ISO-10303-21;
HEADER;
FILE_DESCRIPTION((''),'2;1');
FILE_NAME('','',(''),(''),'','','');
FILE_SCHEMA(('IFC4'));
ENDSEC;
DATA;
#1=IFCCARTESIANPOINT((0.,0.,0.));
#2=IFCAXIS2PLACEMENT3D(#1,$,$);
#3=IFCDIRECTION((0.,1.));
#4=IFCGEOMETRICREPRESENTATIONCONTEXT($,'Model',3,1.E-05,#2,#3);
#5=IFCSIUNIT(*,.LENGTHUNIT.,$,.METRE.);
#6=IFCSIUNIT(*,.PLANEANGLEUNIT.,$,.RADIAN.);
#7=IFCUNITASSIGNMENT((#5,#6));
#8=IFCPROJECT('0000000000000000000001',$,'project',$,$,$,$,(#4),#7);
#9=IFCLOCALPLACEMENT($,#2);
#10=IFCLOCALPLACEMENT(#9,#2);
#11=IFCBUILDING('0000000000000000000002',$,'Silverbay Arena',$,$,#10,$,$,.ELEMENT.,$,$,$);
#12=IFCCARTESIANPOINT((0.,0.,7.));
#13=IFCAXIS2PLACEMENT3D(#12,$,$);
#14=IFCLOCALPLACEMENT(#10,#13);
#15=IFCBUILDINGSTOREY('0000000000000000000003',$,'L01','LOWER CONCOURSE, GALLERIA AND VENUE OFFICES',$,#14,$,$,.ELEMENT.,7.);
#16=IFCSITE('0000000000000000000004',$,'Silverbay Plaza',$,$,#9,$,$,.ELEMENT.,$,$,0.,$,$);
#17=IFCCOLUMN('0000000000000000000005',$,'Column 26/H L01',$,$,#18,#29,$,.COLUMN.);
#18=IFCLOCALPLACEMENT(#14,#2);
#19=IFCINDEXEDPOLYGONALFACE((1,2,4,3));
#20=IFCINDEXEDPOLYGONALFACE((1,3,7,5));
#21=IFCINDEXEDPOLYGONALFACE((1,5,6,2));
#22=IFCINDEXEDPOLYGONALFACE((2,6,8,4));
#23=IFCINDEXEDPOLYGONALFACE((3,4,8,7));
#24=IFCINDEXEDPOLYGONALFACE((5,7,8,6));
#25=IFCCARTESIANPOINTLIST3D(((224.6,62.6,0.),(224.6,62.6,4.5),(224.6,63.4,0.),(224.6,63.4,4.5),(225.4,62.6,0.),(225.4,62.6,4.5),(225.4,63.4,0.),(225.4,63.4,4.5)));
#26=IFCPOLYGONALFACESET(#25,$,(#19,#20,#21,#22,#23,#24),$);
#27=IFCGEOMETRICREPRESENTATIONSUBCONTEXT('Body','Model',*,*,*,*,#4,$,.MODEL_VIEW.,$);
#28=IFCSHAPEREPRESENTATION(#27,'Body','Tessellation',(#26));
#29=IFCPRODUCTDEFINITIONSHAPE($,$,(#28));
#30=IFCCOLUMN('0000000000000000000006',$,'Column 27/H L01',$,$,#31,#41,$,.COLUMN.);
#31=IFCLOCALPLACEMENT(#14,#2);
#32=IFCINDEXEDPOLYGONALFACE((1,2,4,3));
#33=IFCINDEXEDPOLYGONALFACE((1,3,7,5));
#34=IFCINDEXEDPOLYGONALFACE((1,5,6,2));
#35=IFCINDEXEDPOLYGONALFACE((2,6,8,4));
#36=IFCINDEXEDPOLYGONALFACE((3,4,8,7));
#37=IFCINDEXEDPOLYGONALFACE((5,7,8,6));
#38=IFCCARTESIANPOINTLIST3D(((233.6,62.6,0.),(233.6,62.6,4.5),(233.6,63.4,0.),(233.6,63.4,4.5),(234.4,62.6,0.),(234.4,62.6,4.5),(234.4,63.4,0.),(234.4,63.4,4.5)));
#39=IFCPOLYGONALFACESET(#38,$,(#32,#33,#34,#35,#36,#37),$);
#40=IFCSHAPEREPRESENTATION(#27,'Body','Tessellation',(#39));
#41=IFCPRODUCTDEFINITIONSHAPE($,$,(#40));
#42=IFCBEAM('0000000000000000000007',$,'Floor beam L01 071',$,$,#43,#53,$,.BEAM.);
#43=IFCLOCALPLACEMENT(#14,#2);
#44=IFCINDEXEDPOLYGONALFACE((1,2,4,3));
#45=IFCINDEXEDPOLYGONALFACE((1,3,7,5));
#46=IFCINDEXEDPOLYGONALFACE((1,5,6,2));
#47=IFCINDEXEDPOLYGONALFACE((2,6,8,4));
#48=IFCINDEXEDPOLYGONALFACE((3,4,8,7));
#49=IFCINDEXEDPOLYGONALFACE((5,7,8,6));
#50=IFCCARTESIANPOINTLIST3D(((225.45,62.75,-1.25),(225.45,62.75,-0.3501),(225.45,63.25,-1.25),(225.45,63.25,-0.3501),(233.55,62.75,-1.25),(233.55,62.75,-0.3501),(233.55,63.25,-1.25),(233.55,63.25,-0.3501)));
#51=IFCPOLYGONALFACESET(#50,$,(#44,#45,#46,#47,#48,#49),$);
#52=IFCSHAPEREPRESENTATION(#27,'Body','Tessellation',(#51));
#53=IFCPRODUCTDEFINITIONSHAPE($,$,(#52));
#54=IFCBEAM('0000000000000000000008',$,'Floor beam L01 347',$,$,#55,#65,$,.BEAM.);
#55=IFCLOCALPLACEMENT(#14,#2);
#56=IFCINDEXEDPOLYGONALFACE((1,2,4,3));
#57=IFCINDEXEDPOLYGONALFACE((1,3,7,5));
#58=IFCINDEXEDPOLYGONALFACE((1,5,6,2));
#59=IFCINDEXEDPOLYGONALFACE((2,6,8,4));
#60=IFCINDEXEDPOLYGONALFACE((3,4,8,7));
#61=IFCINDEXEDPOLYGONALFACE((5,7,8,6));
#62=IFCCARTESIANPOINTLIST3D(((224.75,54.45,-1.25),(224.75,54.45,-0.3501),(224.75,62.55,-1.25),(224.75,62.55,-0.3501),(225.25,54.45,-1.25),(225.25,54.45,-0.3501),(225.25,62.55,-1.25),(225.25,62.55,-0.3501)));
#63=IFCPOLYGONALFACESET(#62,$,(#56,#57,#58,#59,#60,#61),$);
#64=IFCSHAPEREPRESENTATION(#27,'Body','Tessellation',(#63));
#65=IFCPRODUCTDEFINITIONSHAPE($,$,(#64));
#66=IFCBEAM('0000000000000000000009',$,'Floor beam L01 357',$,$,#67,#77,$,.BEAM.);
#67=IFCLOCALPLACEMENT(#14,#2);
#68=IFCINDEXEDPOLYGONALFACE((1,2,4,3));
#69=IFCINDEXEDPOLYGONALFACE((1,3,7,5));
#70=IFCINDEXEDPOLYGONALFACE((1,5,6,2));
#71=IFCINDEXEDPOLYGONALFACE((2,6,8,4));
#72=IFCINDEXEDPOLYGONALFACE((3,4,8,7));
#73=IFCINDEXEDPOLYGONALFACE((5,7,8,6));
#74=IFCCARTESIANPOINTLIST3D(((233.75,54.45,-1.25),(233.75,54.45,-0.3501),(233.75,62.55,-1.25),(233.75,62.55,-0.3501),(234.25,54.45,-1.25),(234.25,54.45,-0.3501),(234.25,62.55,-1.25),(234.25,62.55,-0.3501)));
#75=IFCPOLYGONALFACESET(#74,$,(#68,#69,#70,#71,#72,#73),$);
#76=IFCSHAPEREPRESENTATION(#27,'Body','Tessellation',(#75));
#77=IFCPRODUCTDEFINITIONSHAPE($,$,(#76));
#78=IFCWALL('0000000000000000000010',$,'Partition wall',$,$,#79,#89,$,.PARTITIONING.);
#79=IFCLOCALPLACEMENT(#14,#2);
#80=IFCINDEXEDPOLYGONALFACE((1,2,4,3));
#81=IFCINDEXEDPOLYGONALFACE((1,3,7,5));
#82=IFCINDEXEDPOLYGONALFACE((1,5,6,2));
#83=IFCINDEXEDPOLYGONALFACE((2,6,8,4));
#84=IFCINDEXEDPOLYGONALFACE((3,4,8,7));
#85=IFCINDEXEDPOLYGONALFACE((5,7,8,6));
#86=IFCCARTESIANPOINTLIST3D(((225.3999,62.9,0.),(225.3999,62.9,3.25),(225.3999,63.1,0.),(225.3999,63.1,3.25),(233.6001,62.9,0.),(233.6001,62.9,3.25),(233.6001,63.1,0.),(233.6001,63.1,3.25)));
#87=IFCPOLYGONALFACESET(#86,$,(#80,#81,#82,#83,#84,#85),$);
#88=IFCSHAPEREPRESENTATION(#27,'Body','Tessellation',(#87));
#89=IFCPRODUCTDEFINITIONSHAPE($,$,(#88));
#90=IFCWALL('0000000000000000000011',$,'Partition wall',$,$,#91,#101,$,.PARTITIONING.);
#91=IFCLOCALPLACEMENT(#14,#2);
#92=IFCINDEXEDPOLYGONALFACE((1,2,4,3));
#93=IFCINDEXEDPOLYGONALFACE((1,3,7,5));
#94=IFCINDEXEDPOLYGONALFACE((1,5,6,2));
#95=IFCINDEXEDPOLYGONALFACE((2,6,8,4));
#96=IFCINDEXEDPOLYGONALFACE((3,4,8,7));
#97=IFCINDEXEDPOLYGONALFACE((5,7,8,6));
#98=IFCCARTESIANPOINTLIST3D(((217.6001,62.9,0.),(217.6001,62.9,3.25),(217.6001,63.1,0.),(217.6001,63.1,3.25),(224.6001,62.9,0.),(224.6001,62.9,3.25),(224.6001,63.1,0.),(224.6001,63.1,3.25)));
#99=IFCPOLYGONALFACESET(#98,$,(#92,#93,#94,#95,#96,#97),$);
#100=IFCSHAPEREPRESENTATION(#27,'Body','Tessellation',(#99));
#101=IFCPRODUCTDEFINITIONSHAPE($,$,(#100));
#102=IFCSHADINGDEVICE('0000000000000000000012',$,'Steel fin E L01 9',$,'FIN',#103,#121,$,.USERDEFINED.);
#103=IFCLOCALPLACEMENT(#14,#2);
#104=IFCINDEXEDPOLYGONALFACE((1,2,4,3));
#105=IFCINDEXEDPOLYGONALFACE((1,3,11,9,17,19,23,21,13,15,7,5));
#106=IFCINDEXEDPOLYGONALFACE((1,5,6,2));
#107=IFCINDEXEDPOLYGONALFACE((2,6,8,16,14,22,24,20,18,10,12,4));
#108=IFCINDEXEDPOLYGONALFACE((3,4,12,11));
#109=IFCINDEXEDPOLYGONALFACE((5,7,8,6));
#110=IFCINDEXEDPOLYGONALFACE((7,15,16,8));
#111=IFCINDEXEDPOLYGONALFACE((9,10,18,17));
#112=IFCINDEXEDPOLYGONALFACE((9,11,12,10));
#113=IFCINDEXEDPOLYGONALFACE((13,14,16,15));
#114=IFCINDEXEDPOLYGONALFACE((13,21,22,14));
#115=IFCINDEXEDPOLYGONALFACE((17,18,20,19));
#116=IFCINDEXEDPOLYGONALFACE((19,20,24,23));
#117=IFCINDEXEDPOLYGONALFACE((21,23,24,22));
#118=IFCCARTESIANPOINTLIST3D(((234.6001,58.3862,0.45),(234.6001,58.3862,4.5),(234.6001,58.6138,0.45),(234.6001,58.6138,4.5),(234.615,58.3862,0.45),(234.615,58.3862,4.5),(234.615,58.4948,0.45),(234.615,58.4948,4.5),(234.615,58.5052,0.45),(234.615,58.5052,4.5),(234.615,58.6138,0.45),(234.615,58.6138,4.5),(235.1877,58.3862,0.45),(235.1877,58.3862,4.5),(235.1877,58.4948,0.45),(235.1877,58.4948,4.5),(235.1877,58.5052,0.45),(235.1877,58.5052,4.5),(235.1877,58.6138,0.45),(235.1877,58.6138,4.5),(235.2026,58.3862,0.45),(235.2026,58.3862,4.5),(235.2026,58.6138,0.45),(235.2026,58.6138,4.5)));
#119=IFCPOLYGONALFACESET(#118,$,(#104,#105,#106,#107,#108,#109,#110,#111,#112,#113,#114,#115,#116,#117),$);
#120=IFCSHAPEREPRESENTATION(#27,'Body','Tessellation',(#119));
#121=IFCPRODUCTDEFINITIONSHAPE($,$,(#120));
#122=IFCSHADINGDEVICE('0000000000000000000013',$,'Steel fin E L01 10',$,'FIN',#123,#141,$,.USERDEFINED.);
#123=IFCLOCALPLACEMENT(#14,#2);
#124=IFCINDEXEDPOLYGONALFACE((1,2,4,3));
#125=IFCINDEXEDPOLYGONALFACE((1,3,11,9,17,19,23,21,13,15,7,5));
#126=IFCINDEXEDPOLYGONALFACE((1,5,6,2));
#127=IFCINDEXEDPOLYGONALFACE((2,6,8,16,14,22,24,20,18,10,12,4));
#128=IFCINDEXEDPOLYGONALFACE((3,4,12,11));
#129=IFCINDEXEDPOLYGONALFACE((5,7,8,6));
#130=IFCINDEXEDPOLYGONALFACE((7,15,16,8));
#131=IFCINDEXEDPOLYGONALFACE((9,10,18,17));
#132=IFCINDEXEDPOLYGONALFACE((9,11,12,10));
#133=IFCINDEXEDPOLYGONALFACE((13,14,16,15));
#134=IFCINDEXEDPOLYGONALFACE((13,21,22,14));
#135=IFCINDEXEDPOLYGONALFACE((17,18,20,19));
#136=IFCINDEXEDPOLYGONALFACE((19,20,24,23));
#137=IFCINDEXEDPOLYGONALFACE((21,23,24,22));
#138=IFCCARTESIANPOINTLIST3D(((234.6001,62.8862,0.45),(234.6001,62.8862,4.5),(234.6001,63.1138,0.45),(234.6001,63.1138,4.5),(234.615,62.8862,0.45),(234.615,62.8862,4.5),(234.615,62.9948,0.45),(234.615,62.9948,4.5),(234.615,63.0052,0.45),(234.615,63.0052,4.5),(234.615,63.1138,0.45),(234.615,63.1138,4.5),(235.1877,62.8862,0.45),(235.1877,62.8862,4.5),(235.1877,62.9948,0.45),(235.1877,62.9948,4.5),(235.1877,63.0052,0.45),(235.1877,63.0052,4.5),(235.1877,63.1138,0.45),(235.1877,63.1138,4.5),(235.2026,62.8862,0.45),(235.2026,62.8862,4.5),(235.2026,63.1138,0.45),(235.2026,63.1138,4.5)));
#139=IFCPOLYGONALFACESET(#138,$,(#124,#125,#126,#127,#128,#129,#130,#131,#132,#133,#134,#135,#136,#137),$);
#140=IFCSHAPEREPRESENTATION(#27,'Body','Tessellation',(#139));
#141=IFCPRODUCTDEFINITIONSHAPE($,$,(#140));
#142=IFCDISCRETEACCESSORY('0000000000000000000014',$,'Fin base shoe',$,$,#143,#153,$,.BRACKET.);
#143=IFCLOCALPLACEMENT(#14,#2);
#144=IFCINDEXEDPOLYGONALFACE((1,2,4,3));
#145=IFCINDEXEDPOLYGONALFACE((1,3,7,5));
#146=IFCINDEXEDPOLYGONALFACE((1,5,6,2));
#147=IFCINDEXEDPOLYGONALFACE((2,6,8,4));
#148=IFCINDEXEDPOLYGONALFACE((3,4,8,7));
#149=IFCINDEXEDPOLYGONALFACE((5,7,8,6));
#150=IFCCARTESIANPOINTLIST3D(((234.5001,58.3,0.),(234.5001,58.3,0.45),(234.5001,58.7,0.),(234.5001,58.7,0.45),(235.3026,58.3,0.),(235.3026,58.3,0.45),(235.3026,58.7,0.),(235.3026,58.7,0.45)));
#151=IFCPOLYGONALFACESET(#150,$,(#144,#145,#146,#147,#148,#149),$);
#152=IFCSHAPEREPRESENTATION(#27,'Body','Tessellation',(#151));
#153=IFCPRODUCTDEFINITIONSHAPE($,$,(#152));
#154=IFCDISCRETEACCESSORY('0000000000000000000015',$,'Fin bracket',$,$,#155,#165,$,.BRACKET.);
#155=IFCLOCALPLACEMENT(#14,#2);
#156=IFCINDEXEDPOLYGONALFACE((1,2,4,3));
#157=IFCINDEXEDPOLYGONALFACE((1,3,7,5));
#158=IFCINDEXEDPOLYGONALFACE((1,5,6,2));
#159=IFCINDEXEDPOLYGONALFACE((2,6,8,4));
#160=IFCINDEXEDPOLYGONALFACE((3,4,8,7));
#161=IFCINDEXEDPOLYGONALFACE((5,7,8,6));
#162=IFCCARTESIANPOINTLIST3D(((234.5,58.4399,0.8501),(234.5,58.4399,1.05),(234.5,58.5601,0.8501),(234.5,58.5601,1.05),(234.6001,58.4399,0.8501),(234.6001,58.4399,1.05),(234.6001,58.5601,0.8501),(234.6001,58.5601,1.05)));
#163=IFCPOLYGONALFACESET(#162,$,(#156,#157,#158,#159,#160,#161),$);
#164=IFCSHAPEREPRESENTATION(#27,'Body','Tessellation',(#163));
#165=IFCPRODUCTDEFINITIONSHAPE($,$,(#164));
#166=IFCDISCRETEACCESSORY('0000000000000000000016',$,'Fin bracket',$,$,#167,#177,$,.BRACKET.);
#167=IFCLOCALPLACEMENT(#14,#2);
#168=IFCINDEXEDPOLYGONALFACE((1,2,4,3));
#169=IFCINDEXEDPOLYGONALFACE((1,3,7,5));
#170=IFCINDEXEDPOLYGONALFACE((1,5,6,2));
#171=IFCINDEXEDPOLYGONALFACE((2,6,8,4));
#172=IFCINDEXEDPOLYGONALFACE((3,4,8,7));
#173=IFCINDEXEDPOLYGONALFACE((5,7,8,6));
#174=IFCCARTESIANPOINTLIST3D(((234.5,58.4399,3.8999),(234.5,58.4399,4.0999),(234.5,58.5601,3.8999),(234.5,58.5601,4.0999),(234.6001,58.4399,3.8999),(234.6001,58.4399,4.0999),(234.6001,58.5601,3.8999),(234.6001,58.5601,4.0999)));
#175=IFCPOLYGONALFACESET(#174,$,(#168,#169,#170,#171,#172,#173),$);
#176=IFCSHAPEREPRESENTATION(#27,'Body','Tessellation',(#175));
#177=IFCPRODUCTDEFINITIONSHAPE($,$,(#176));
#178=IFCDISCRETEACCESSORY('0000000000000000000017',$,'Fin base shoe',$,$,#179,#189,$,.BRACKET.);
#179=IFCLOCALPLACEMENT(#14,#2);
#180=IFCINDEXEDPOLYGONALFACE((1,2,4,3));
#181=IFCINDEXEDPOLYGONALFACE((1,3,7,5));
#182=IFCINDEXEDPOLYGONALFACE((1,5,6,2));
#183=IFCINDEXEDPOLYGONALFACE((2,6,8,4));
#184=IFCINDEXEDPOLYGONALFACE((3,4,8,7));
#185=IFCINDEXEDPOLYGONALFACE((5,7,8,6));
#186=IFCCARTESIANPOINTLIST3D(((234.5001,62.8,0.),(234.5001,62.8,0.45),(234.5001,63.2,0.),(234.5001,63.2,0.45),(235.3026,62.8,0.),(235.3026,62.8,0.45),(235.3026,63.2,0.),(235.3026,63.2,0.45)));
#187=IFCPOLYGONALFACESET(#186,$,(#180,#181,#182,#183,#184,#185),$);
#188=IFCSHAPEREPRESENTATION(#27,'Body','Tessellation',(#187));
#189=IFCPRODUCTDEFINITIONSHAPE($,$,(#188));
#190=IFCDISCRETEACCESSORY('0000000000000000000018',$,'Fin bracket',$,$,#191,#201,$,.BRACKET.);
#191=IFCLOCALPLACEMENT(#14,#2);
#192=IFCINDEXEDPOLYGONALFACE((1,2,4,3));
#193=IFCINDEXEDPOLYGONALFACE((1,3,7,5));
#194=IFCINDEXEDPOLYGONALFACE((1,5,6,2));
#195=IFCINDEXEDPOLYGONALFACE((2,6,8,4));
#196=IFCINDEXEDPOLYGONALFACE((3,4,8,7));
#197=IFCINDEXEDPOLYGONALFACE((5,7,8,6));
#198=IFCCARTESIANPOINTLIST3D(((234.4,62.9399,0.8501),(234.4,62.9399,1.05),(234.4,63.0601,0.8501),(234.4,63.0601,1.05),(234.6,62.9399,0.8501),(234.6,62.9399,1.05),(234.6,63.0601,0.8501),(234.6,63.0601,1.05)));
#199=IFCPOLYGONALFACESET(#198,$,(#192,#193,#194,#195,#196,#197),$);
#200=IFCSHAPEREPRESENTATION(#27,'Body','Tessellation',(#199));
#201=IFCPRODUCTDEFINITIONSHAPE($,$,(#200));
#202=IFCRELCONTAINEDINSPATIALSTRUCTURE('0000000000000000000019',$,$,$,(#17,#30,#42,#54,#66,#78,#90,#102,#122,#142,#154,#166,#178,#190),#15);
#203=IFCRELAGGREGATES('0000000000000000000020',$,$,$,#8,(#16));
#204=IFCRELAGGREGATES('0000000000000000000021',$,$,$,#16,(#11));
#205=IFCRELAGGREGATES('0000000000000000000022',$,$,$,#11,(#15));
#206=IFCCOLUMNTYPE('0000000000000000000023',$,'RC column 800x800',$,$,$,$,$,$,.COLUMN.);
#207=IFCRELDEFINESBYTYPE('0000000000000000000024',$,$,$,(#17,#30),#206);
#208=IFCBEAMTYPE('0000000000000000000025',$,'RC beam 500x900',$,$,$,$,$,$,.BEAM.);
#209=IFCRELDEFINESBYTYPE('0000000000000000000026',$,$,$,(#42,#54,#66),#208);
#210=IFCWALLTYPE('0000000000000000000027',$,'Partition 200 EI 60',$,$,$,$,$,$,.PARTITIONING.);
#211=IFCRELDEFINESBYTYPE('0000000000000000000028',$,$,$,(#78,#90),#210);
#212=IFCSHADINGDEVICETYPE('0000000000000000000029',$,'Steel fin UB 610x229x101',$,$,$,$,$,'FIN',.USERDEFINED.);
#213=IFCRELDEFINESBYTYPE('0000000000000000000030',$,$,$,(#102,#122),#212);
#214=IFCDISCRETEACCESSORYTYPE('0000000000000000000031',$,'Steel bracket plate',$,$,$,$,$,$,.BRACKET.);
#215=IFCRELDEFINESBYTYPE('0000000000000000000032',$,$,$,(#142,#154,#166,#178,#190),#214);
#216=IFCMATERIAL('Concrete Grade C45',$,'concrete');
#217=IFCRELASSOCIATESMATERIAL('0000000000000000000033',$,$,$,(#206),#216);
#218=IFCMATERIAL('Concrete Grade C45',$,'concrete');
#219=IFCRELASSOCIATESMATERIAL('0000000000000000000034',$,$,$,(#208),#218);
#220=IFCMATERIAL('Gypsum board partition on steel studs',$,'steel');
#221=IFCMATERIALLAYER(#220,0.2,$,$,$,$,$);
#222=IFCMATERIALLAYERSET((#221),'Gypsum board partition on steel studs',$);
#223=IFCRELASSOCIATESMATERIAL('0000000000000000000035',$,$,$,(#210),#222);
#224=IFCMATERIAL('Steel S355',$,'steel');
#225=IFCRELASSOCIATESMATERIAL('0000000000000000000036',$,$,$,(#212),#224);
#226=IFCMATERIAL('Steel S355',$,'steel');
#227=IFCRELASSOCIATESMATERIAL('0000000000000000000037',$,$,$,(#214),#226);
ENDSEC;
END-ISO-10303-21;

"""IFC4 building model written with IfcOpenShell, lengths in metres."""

from ifc_helpers import new_model, si_unit, direction, frame, frame_2d, origin, origin_2d, place, context, subcontext, project, spatial, rectangle, i_section, extrude, material, layer, layer_set, material_profile, profile_set, type_object, element, save


model = new_model("IFC4")

# Units and contexts
model_context = context("Model", 3, precision=1e-05, world=origin(), true_north=direction((0.0, 1.0)))
body_context = subcontext(model_context, "Body", "Model", "MODEL_VIEW")
ifc_project = project(units=[si_unit("LENGTHUNIT", "METRE"), si_unit("PLANEANGLEUNIT", "RADIAN")], contexts=[model_context])

# Site, building, storey
site_placement = place(None, origin())
site = spatial("IfcSite", under=ifc_project, at=site_placement, Name="Silverbay Plaza", CompositionType="ELEMENT", RefElevation=0.0)
building_placement = place(site_placement, origin())
building = spatial("IfcBuilding", under=site, at=building_placement, Name="Silverbay Arena", CompositionType="ELEMENT")
storey_placement = place(building_placement, frame((0.0, 0.0, 7.0)))
storey = spatial("IfcBuildingStorey", under=building, at=storey_placement, Name="L01", Description="LOWER CONCOURSE, GALLERIA AND VENUE OFFICES", CompositionType="ELEMENT", Elevation=7.0)

# Columns
ifc_material_1 = material(Name="Concrete Grade C45", Category="concrete")
ifc_material_profile_1 = material_profile(ifc_material_1, rectangle(XDim=0.8, YDim=0.8, at=origin_2d()), Name="RC 800x800")
ifc_profile_set_1 = profile_set([ifc_material_profile_1], Name="Concrete Grade C45")
column_type = type_object("IfcColumnType", Name="RC column 800x800", PredefinedType="COLUMN", material=ifc_profile_set_1)
for number, where, z_axis, x_axis, name in (
    (1, (225.0, 63.0, 0.0), (0.0, 0.0, 1.0), (1.0, 0.0, 0.0), "Column 26/H L01"),
    (2, (234.0, 63.0, 0.0), (0.0, 0.0, 1.0), (1.0, 0.0, 0.0), "Column 27/H L01"),
):
    element("IfcColumn", number, at=place(storey_placement, frame(where, z_axis=z_axis, x_axis=x_axis)), inside=storey, type_object=column_type, Name=name, PredefinedType="COLUMN", context=body_context, shape_type="SweptSolid", body=[
        extrude(rectangle(XDim=0.8, YDim=0.8, at=origin_2d()), origin(), (0.0, 0.0, 1.0), 4.5),
    ])

# Beams
ifc_material_2 = material(Name="Concrete Grade C45", Category="concrete")
ifc_material_profile_2 = material_profile(ifc_material_2, rectangle(XDim=0.5, YDim=0.8999, at=origin_2d()), Name="RC 500x900")
ifc_profile_set_2 = profile_set([ifc_material_profile_2], Name="Concrete Grade C45")
beam_type = type_object("IfcBeamType", Name="RC beam 500x900", PredefinedType="BEAM", material=ifc_profile_set_2)
for number, where, z_axis, x_axis, name in (
    (3, (225.45, 63.0, -0.8), (1.0, 0.0, 0.0), (0.0, 1.0, 0.0), "Floor beam L01 071"),
    (4, (225.0, 54.45, -0.8), (0.0, 1.0, 0.0), (-1.0, 0.0, 0.0), "Floor beam L01 347"),
    (5, (234.0, 54.45, -0.8), (0.0, 1.0, 0.0), (-1.0, 0.0, 0.0), "Floor beam L01 357"),
):
    element("IfcBeam", number, at=place(storey_placement, frame(where, z_axis=z_axis, x_axis=x_axis)), inside=storey, type_object=beam_type, Name=name, PredefinedType="BEAM", context=body_context, shape_type="SweptSolid", body=[
        extrude(rectangle(XDim=0.5, YDim=0.8999, at=origin_2d()), origin(), (0.0, 0.0, 1.0), 8.1001),
    ])

# Walls
ifc_material_3 = material(Name="Gypsum board partition on steel studs", Category="steel")
ifc_layer = layer(ifc_material_3, 0.2)
ifc_layer_set = layer_set([ifc_layer], Name="Gypsum board partition on steel studs")
wall_type = type_object("IfcWallType", Name="Partition 200 EI 60", PredefinedType="PARTITIONING", material=ifc_layer_set)
wall_1_placement = place(storey_placement, frame((225.3999, 63.0, 0.0), z_axis=(0.0, 0.0, 1.0), x_axis=(1.0, 0.0, 0.0)))
element("IfcWall", 6, at=wall_1_placement, inside=storey, type_object=wall_type, Name="Partition wall", PredefinedType="PARTITIONING", context=body_context, shape_type="SweptSolid", body=[
    extrude(rectangle(XDim=8.2002, YDim=0.2, at=frame_2d((4.1001, 0.0))), origin(), (0.0, 0.0, 1.0), 3.25),
])
wall_2_placement = place(storey_placement, frame((217.6001, 63.0, 0.0), z_axis=(0.0, 0.0, 1.0), x_axis=(1.0, 0.0, 0.0)))
element("IfcWall", 7, at=wall_2_placement, inside=storey, type_object=wall_type, Name="Partition wall", PredefinedType="PARTITIONING", context=body_context, shape_type="SweptSolid", body=[
    extrude(rectangle(XDim=7.0, YDim=0.2, at=frame_2d((3.5, 0.0))), origin(), (0.0, 0.0, 1.0), 3.25),
])

# Shading devices
ifc_material_4 = material(Name="Steel S355", Category="steel")
ifc_material_profile_3 = material_profile(ifc_material_4, i_section(OverallWidth=0.2275, OverallDepth=0.6025, WebThickness=0.0105, FlangeThickness=0.0149, at=origin_2d()), Name="UB 610x229x101")
ifc_profile_set_3 = profile_set([ifc_material_profile_3], Name="Steel S355")
shading_device_type = type_object("IfcShadingDeviceType", Name="Steel fin UB 610x229x101", ElementType="FIN", PredefinedType="USERDEFINED", material=ifc_profile_set_3)
for number, where, z_axis, x_axis, name in (
    (8, (234.9014, 58.5, 0.45), (0.0, 0.0, 1.0), (0.0, 1.0, 0.0), "Steel fin E L01 9"),
    (9, (234.9014, 63.0, 0.45), (0.0, 0.0, 1.0), (0.0, 1.0, 0.0), "Steel fin E L01 10"),
):
    element("IfcShadingDevice", number, at=place(storey_placement, frame(where, z_axis=z_axis, x_axis=x_axis)), inside=storey, type_object=shading_device_type, Name=name, ObjectType="FIN", PredefinedType="USERDEFINED", context=body_context, shape_type="SweptSolid", body=[
        extrude(i_section(OverallWidth=0.2275, OverallDepth=0.6025, WebThickness=0.0105, FlangeThickness=0.0149, at=origin_2d()), origin(), (0.0, 0.0, 1.0), 4.05),
    ])

# Discrete accessories
ifc_material_5 = material(Name="Steel S355", Category="steel")
discrete_accessory_type = type_object("IfcDiscreteAccessoryType", Name="Steel bracket plate", PredefinedType="BRACKET", material=ifc_material_5)
discrete_accessory_1_placement = place(storey_placement, frame((234.9014, 58.5, 0.0), z_axis=(0.0, 0.0, 1.0), x_axis=(1.0, 0.0, 0.0)))
element("IfcDiscreteAccessory", 10, at=discrete_accessory_1_placement, inside=storey, type_object=discrete_accessory_type, Name="Fin base shoe", PredefinedType="BRACKET", context=body_context, shape_type="SweptSolid", body=[
    extrude(rectangle(XDim=0.8025, YDim=0.3999, at=origin_2d()), origin(), (0.0, 0.0, 1.0), 0.45),
])
for number, where, z_axis, x_axis, name in (
    (11, (234.55, 58.5, 0.8501), (0.0, 0.0, 1.0), (1.0, 0.0, 0.0), "Fin bracket"),
    (12, (234.55, 58.5, 3.8999), (0.0, 0.0, 1.0), (1.0, 0.0, 0.0), "Fin bracket"),
):
    element("IfcDiscreteAccessory", number, at=place(storey_placement, frame(where, z_axis=z_axis, x_axis=x_axis)), inside=storey, type_object=discrete_accessory_type, Name=name, PredefinedType="BRACKET", context=body_context, shape_type="SweptSolid", body=[
        extrude(rectangle(XDim=0.1001, YDim=0.1201, at=origin_2d()), origin(), (0.0, 0.0, 1.0), 0.2),
    ])
discrete_accessory_2_placement = place(storey_placement, frame((234.9014, 63.0, 0.0), z_axis=(0.0, 0.0, 1.0), x_axis=(1.0, 0.0, 0.0)))
element("IfcDiscreteAccessory", 13, at=discrete_accessory_2_placement, inside=storey, type_object=discrete_accessory_type, Name="Fin base shoe", PredefinedType="BRACKET", context=body_context, shape_type="SweptSolid", body=[
    extrude(rectangle(XDim=0.8025, YDim=0.3999, at=origin_2d()), origin(), (0.0, 0.0, 1.0), 0.45),
])
for number, where, z_axis, x_axis, name in (
    (14, (234.5, 63.0, 0.8501), (0.0, 0.0, 1.0), (1.0, 0.0, 0.0), "Fin bracket"),
):
    element("IfcDiscreteAccessory", number, at=place(storey_placement, frame(where, z_axis=z_axis, x_axis=x_axis)), inside=storey, type_object=discrete_accessory_type, Name=name, PredefinedType="BRACKET", context=body_context, shape_type="SweptSolid", body=[
        extrude(rectangle(XDim=0.2, YDim=0.1201, at=origin_2d()), origin(), (0.0, 0.0, 1.0), 0.2),
    ])

save(model, "model.ifc")
